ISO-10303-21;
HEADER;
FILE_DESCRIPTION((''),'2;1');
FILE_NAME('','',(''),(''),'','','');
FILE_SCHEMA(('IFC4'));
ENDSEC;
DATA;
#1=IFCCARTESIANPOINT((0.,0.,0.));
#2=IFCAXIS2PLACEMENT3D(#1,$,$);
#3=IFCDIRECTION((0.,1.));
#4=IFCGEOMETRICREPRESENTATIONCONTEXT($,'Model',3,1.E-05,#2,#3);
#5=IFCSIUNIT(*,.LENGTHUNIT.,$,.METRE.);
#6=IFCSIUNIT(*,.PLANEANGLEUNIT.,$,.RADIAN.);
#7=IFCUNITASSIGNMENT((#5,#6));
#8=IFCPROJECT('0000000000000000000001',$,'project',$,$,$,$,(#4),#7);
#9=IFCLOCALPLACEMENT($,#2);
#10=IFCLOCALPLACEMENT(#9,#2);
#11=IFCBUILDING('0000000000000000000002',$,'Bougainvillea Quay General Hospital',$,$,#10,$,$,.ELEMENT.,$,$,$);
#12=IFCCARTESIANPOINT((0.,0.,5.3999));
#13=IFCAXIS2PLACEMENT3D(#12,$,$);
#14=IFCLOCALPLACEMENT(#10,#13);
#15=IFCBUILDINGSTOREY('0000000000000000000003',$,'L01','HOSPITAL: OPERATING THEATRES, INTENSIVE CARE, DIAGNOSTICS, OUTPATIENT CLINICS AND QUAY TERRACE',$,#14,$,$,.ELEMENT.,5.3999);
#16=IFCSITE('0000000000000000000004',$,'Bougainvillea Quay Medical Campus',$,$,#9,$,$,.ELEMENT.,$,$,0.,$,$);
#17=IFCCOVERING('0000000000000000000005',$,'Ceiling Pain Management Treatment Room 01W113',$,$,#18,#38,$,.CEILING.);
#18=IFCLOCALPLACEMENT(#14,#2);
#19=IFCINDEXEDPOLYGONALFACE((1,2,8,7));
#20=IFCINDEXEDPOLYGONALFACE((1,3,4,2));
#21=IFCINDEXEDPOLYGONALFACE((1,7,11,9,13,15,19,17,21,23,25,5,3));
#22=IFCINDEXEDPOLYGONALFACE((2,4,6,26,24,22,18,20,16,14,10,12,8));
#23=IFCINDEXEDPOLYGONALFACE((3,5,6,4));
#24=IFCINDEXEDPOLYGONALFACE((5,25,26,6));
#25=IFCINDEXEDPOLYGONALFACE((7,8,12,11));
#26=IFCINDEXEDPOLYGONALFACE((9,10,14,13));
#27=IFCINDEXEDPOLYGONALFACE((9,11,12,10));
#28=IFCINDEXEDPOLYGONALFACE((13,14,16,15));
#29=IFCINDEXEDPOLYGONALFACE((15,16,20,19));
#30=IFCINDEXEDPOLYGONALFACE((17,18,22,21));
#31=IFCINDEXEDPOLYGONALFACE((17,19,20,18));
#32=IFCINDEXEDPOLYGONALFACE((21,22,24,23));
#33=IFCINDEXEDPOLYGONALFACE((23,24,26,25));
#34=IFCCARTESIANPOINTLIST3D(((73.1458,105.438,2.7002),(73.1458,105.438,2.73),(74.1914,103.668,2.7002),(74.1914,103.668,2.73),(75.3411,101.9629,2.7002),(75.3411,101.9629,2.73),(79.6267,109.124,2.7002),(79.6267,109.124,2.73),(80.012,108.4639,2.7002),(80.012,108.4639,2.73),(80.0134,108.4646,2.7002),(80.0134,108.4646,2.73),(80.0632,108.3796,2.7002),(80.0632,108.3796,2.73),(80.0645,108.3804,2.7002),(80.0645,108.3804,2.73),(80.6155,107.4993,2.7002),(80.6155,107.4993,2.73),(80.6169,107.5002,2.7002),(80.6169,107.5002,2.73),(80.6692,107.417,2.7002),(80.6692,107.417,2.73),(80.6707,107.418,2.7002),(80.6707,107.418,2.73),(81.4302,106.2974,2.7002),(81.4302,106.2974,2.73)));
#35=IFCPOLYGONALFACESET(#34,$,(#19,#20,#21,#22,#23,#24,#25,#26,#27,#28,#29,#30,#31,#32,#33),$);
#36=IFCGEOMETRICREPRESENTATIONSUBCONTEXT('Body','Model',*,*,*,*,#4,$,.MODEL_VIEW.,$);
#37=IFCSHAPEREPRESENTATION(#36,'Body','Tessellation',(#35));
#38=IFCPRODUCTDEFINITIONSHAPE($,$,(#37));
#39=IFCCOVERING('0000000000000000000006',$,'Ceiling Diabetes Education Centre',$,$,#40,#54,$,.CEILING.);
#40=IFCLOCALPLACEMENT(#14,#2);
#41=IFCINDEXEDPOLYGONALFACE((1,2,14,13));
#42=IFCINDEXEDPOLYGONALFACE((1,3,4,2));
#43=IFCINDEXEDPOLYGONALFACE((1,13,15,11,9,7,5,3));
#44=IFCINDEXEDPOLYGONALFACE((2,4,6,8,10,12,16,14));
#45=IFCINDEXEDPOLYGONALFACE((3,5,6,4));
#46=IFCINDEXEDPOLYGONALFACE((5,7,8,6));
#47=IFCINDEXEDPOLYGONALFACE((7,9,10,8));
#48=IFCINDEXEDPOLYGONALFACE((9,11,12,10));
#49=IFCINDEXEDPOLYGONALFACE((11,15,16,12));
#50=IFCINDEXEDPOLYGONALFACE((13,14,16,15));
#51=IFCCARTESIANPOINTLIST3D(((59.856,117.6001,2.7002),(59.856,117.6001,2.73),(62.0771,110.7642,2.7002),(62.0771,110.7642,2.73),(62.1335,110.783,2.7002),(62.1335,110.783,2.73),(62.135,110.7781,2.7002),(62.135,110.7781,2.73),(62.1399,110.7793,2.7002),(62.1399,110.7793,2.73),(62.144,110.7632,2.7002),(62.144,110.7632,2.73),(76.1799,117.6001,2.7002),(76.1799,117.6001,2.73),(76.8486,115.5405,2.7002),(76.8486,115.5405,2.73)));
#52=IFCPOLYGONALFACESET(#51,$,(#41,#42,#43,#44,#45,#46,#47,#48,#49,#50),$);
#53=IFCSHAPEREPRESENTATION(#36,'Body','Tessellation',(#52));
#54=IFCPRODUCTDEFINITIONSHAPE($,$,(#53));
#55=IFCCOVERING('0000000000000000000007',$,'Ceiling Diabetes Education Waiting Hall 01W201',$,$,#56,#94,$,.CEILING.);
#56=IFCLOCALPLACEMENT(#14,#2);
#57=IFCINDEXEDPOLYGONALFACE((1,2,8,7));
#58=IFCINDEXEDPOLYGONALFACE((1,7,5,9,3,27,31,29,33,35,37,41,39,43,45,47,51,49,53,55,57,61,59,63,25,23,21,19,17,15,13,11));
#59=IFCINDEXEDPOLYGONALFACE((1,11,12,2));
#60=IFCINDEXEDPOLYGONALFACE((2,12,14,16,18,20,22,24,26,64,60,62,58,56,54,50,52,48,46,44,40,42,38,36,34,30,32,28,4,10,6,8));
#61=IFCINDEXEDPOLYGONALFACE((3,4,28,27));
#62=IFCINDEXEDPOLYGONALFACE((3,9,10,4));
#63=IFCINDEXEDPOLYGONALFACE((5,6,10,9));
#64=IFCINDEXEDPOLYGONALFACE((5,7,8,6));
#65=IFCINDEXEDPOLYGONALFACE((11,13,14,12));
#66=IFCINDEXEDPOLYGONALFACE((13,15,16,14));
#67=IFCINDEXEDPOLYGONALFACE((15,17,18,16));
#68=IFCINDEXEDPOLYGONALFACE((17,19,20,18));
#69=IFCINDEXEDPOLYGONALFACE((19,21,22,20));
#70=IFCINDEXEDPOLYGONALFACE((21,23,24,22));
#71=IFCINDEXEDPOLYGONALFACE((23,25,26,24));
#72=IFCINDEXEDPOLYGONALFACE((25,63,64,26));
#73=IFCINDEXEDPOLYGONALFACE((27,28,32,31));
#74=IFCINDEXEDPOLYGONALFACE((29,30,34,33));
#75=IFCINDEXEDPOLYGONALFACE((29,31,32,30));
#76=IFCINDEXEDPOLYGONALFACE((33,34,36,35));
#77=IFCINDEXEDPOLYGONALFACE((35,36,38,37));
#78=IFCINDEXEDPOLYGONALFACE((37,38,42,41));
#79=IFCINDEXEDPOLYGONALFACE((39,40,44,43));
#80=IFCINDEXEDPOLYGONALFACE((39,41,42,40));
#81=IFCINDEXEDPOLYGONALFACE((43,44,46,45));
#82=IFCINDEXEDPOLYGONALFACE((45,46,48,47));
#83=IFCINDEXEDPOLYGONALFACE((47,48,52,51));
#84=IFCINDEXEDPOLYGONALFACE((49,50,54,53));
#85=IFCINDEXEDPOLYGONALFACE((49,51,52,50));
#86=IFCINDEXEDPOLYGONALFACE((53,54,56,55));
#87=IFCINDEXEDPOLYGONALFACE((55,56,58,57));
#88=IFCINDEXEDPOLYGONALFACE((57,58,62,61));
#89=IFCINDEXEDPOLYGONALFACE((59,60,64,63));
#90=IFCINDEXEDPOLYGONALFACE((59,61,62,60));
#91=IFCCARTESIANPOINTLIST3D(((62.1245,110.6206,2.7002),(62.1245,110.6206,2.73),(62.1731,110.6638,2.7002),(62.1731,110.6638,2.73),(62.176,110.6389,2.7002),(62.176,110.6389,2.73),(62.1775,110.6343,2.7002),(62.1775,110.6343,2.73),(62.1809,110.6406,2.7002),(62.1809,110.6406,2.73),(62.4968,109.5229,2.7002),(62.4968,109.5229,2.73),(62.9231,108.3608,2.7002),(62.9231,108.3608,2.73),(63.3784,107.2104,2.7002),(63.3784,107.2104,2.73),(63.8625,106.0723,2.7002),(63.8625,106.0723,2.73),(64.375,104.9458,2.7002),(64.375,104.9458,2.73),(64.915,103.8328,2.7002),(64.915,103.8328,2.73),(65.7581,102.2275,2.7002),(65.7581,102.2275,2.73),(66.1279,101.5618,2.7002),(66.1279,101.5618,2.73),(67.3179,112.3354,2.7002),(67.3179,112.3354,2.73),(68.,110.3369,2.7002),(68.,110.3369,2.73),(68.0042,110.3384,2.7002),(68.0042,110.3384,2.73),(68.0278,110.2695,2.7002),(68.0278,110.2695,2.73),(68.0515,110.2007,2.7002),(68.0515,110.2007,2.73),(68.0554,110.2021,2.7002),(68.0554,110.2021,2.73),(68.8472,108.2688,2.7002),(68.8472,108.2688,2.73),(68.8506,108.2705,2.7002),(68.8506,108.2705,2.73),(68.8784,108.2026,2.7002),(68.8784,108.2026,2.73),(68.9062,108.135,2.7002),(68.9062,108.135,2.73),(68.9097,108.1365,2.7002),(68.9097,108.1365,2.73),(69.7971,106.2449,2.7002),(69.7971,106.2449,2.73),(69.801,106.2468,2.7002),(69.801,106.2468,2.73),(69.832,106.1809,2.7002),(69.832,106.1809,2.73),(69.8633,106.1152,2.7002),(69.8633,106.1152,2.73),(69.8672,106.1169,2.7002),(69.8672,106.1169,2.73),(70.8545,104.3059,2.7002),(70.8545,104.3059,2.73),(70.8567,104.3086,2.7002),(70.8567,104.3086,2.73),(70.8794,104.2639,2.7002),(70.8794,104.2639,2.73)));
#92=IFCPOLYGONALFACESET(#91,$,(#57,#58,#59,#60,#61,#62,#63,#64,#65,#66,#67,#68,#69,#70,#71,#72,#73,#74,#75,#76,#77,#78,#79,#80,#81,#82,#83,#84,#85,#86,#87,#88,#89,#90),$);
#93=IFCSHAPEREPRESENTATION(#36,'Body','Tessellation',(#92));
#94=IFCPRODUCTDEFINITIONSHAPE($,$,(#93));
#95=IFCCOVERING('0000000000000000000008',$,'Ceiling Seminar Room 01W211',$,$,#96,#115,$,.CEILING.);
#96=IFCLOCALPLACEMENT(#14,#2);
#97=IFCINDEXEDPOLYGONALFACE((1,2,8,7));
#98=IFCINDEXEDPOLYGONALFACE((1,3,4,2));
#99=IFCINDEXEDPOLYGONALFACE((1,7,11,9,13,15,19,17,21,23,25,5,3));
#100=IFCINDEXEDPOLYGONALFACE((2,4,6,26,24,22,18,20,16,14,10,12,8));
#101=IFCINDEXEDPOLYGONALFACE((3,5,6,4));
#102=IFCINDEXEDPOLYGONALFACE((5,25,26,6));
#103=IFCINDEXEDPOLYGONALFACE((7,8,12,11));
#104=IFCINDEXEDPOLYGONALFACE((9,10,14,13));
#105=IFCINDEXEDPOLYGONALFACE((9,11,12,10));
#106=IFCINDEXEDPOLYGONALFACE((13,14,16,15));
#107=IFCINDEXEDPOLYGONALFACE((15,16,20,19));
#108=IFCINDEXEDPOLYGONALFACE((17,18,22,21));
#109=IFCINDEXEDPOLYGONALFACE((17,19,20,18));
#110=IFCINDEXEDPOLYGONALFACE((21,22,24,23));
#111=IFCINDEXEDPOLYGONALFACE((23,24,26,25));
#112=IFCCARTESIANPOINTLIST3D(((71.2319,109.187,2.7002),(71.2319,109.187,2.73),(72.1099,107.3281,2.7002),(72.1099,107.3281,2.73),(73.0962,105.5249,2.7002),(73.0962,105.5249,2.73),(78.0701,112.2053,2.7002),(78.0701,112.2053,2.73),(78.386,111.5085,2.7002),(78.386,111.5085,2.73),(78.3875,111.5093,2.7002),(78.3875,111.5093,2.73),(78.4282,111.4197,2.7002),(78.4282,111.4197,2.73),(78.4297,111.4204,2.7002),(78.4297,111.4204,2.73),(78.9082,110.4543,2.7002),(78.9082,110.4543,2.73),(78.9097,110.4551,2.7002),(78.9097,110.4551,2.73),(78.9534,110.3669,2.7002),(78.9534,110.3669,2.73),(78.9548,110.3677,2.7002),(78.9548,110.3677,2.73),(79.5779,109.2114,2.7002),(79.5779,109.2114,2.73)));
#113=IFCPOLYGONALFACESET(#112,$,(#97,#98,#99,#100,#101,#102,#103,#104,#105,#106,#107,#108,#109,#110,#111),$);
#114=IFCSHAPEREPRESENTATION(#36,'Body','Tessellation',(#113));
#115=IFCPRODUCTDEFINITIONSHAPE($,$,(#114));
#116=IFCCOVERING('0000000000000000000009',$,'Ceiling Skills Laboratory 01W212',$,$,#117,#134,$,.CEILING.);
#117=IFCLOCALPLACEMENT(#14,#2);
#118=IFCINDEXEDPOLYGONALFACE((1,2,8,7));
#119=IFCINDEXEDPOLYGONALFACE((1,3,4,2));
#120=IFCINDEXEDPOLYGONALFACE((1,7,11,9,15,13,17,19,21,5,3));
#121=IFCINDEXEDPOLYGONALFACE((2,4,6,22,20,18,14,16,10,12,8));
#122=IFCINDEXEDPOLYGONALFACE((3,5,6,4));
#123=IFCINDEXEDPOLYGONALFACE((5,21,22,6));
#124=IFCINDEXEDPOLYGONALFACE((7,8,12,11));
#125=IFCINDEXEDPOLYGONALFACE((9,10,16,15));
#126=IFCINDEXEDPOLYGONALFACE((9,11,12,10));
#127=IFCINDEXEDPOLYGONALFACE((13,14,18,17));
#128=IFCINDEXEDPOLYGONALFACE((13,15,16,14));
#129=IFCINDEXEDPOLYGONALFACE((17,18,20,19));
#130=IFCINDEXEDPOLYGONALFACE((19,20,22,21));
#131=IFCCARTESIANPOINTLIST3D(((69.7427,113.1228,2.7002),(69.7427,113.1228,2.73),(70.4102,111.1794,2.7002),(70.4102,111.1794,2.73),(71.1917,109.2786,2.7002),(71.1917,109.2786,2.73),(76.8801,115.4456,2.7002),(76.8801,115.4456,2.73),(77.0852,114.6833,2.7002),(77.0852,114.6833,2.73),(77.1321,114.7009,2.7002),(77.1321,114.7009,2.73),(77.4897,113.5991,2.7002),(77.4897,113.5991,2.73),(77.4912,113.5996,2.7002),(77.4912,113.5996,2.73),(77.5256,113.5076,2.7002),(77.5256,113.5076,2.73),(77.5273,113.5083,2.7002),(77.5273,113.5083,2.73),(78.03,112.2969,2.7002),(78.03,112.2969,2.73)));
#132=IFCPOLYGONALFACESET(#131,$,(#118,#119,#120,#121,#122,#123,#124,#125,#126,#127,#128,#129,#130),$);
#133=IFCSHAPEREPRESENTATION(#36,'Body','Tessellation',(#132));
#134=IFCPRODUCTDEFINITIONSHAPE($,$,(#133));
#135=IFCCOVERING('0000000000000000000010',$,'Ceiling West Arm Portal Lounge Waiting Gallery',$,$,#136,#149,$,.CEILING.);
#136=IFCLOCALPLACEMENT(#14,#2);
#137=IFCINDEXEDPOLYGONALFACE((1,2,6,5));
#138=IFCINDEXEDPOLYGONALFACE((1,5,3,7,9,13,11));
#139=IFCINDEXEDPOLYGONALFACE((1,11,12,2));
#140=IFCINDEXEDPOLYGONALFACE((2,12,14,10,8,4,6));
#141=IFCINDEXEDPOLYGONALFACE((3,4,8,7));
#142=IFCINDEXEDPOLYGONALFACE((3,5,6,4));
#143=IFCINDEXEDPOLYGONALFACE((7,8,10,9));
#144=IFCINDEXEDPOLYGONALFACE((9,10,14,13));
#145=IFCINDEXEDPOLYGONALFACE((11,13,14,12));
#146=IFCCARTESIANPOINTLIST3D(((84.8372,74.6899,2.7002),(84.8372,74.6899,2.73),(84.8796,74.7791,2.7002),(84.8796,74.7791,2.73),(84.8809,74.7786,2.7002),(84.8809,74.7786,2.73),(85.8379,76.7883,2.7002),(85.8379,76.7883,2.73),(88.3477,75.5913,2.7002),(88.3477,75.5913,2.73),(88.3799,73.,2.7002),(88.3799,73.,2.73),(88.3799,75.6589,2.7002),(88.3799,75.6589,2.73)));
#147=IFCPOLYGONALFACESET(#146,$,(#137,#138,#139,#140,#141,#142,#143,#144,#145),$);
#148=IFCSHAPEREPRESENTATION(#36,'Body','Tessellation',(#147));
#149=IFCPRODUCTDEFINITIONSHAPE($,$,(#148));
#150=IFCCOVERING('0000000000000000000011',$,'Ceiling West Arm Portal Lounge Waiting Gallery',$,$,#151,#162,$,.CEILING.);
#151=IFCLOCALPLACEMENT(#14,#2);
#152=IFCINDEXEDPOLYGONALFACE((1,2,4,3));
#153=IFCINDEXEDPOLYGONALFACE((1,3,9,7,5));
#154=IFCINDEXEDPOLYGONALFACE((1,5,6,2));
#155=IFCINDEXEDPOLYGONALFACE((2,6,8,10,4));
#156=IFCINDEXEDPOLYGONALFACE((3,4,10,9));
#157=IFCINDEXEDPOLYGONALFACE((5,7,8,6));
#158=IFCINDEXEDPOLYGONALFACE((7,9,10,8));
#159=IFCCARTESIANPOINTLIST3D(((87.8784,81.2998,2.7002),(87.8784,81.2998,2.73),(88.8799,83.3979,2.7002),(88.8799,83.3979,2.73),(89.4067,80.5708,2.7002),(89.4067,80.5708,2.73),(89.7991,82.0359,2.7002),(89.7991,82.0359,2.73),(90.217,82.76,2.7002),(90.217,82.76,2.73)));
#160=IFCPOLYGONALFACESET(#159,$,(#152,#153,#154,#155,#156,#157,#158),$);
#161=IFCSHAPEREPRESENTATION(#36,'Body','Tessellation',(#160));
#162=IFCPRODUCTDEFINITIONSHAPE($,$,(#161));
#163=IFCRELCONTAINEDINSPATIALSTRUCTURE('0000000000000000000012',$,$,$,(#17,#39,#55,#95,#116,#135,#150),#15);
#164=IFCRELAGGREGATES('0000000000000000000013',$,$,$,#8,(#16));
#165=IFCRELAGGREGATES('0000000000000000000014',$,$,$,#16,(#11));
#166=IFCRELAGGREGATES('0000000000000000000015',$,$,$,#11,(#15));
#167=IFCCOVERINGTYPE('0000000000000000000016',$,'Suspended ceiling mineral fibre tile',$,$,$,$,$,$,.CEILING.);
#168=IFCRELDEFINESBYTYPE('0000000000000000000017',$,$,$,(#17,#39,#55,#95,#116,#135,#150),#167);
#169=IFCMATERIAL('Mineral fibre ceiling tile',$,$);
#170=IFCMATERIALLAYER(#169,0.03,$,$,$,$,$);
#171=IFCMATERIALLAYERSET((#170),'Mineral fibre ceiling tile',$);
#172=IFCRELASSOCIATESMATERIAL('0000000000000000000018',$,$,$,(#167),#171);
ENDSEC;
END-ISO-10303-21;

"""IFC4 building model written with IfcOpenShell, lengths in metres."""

from ifc_helpers import new_model, si_unit, direction, frame, origin, place, context, subcontext, project, spatial, polyline, outline, extrude, material, layer, layer_set, type_object, element, save


model = new_model("IFC4")

# Units and contexts
model_context = context("Model", 3, precision=1e-05, world=origin(), true_north=direction((0.0, 1.0)))
body_context = subcontext(model_context, "Body", "Model", "MODEL_VIEW")
ifc_project = project(units=[si_unit("LENGTHUNIT", "METRE"), si_unit("PLANEANGLEUNIT", "RADIAN")], contexts=[model_context])

# Site, building, storey
site_placement = place(None, origin())
site = spatial("IfcSite", under=ifc_project, at=site_placement, Name="Bougainvillea Quay Medical Campus", CompositionType="ELEMENT", RefElevation=0.0)
building_placement = place(site_placement, origin())
building = spatial("IfcBuilding", under=site, at=building_placement, Name="Bougainvillea Quay General Hospital", CompositionType="ELEMENT")
storey_placement = place(building_placement, frame((0.0, 0.0, 5.3999)))
storey = spatial("IfcBuildingStorey", under=building, at=storey_placement, Name="L01", Description="HOSPITAL: OPERATING THEATRES, INTENSIVE CARE, DIAGNOSTICS, OUTPATIENT CLINICS AND QUAY TERRACE", CompositionType="ELEMENT", Elevation=5.3999)

# Coverings
ifc_material = material(Name="Mineral fibre ceiling tile")
ifc_layer = layer(ifc_material, 0.03)
ifc_layer_set = layer_set([ifc_layer], Name="Mineral fibre ceiling tile")
covering_type = type_object("IfcCoveringType", Name="Suspended ceiling mineral fibre tile", PredefinedType="CEILING", material=ifc_layer_set)
covering_1_placement = place(storey_placement, frame((0.0, 0.0, 2.7002)))
element("IfcCovering", 1, at=covering_1_placement, inside=storey, type_object=covering_type, Name="Ceiling Pain Management Treatment Room 01W113", PredefinedType="CEILING", context=body_context, shape_type="SweptSolid", body=[
    extrude(outline(polyline([(75.3411, 101.9629), (81.4302, 106.2974), (80.6707, 107.418), (80.6692, 107.417), (80.6155, 107.4993), (80.6169, 107.5002), (80.0645, 108.3804), (80.0632, 108.3796), (80.012, 108.4639), (80.0134, 108.4646), (79.6267, 109.124), (73.1458, 105.438), (74.1914, 103.668), (75.3411, 101.9629)])), origin(), (0.0, 0.0, 1.0), 0.0298),
])
covering_2_placement = place(storey_placement, frame((0.0, 0.0, 2.7002)))
element("IfcCovering", 2, at=covering_2_placement, inside=storey, type_object=covering_type, Name="Ceiling Diabetes Education Centre", PredefinedType="CEILING", context=body_context, shape_type="SweptSolid", body=[
    extrude(outline(polyline([(59.856, 117.6001), (62.0771, 110.7642), (62.1335, 110.783), (62.135, 110.7781), (62.1399, 110.7793), (62.144, 110.7632), (76.8486, 115.5405), (76.1799, 117.6001), (59.856, 117.6001)])), origin(), (0.0, 0.0, 1.0), 0.0298),
])
covering_3_placement = place(storey_placement, frame((0.0, 0.0, 2.7002)))
element("IfcCovering", 3, at=covering_3_placement, inside=storey, type_object=covering_type, Name="Ceiling Diabetes Education Waiting Hall 01W201", PredefinedType="CEILING", context=body_context, shape_type="SweptSolid", body=[
    extrude(outline(polyline([(62.1775, 110.6343), (62.1245, 110.6206), (62.4968, 109.5229), (62.9231, 108.3608), (63.3784, 107.2104), (63.8625, 106.0723), (64.375, 104.9458), (64.915, 103.8328), (65.7581, 102.2275), (66.1279, 101.5618), (70.8794, 104.2639), (70.8545, 104.3059), (70.8567, 104.3086), (69.8672, 106.1169), (69.8633, 106.1152), (69.832, 106.1809), (69.7971, 106.2449), (69.801, 106.2468), (68.9097, 108.1365), (68.9062, 108.135), (68.8784, 108.2026), (68.8472, 108.2688), (68.8506, 108.2705), (68.0554, 110.2021), (68.0515, 110.2007), (68.0278, 110.2695), (68.0, 110.3369), (68.0042, 110.3384), (67.3179, 112.3354), (62.1731, 110.6638), (62.1809, 110.6406), (62.176, 110.6389), (62.1775, 110.6343)])), origin(), (0.0, 0.0, 1.0), 0.0298),
])
covering_4_placement = place(storey_placement, frame((0.0, 0.0, 2.7002)))
element("IfcCovering", 4, at=covering_4_placement, inside=storey, type_object=covering_type, Name="Ceiling Seminar Room 01W211", PredefinedType="CEILING", context=body_context, shape_type="SweptSolid", body=[
    extrude(outline(polyline([(72.1099, 107.3281), (73.0962, 105.5249), (79.5779, 109.2114), (78.9548, 110.3677), (78.9534, 110.3669), (78.9082, 110.4543), (78.9097, 110.4551), (78.4297, 111.4204), (78.4282, 111.4197), (78.386, 111.5085), (78.3875, 111.5093), (78.0701, 112.2053), (71.2319, 109.187), (72.1099, 107.3281)])), origin(), (0.0, 0.0, 1.0), 0.0298),
])
covering_5_placement = place(storey_placement, frame((0.0, 0.0, 2.7002)))
element("IfcCovering", 5, at=covering_5_placement, inside=storey, type_object=covering_type, Name="Ceiling Skills Laboratory 01W212", PredefinedType="CEILING", context=body_context, shape_type="SweptSolid", body=[
    extrude(outline(polyline([(76.8801, 115.4456), (69.7427, 113.1228), (70.4102, 111.1794), (71.1917, 109.2786), (78.03, 112.2969), (77.5273, 113.5083), (77.5256, 113.5076), (77.4897, 113.5991), (77.4912, 113.5996), (77.0852, 114.6833), (77.1321, 114.7009), (76.8801, 115.4456)])), origin(), (0.0, 0.0, 1.0), 0.0298),
])
covering_6_placement = place(storey_placement, frame((0.0, 0.0, 2.7002)))
element("IfcCovering", 6, at=covering_6_placement, inside=storey, type_object=covering_type, Name="Ceiling West Arm Portal Lounge Waiting Gallery", PredefinedType="CEILING", context=body_context, shape_type="SweptSolid", body=[
    extrude(outline(polyline([(88.3799, 75.6589), (88.3477, 75.5913), (85.8379, 76.7883), (84.8796, 74.7791), (84.8809, 74.7786), (84.8372, 74.6899), (88.3799, 73.0), (88.3799, 75.6589)])), origin(), (0.0, 0.0, 1.0), 0.0298),
])
covering_7_placement = place(storey_placement, frame((0.0, 0.0, 2.7002)))
element("IfcCovering", 7, at=covering_7_placement, inside=storey, type_object=covering_type, Name="Ceiling West Arm Portal Lounge Waiting Gallery", PredefinedType="CEILING", context=body_context, shape_type="SweptSolid", body=[
    extrude(outline(polyline([(88.8799, 83.3979), (87.8784, 81.2998), (89.4067, 80.5708), (89.7991, 82.0359), (90.217, 82.76), (88.8799, 83.3979)])), origin(), (0.0, 0.0, 1.0), 0.0298),
])

save(model, "model.ifc")
